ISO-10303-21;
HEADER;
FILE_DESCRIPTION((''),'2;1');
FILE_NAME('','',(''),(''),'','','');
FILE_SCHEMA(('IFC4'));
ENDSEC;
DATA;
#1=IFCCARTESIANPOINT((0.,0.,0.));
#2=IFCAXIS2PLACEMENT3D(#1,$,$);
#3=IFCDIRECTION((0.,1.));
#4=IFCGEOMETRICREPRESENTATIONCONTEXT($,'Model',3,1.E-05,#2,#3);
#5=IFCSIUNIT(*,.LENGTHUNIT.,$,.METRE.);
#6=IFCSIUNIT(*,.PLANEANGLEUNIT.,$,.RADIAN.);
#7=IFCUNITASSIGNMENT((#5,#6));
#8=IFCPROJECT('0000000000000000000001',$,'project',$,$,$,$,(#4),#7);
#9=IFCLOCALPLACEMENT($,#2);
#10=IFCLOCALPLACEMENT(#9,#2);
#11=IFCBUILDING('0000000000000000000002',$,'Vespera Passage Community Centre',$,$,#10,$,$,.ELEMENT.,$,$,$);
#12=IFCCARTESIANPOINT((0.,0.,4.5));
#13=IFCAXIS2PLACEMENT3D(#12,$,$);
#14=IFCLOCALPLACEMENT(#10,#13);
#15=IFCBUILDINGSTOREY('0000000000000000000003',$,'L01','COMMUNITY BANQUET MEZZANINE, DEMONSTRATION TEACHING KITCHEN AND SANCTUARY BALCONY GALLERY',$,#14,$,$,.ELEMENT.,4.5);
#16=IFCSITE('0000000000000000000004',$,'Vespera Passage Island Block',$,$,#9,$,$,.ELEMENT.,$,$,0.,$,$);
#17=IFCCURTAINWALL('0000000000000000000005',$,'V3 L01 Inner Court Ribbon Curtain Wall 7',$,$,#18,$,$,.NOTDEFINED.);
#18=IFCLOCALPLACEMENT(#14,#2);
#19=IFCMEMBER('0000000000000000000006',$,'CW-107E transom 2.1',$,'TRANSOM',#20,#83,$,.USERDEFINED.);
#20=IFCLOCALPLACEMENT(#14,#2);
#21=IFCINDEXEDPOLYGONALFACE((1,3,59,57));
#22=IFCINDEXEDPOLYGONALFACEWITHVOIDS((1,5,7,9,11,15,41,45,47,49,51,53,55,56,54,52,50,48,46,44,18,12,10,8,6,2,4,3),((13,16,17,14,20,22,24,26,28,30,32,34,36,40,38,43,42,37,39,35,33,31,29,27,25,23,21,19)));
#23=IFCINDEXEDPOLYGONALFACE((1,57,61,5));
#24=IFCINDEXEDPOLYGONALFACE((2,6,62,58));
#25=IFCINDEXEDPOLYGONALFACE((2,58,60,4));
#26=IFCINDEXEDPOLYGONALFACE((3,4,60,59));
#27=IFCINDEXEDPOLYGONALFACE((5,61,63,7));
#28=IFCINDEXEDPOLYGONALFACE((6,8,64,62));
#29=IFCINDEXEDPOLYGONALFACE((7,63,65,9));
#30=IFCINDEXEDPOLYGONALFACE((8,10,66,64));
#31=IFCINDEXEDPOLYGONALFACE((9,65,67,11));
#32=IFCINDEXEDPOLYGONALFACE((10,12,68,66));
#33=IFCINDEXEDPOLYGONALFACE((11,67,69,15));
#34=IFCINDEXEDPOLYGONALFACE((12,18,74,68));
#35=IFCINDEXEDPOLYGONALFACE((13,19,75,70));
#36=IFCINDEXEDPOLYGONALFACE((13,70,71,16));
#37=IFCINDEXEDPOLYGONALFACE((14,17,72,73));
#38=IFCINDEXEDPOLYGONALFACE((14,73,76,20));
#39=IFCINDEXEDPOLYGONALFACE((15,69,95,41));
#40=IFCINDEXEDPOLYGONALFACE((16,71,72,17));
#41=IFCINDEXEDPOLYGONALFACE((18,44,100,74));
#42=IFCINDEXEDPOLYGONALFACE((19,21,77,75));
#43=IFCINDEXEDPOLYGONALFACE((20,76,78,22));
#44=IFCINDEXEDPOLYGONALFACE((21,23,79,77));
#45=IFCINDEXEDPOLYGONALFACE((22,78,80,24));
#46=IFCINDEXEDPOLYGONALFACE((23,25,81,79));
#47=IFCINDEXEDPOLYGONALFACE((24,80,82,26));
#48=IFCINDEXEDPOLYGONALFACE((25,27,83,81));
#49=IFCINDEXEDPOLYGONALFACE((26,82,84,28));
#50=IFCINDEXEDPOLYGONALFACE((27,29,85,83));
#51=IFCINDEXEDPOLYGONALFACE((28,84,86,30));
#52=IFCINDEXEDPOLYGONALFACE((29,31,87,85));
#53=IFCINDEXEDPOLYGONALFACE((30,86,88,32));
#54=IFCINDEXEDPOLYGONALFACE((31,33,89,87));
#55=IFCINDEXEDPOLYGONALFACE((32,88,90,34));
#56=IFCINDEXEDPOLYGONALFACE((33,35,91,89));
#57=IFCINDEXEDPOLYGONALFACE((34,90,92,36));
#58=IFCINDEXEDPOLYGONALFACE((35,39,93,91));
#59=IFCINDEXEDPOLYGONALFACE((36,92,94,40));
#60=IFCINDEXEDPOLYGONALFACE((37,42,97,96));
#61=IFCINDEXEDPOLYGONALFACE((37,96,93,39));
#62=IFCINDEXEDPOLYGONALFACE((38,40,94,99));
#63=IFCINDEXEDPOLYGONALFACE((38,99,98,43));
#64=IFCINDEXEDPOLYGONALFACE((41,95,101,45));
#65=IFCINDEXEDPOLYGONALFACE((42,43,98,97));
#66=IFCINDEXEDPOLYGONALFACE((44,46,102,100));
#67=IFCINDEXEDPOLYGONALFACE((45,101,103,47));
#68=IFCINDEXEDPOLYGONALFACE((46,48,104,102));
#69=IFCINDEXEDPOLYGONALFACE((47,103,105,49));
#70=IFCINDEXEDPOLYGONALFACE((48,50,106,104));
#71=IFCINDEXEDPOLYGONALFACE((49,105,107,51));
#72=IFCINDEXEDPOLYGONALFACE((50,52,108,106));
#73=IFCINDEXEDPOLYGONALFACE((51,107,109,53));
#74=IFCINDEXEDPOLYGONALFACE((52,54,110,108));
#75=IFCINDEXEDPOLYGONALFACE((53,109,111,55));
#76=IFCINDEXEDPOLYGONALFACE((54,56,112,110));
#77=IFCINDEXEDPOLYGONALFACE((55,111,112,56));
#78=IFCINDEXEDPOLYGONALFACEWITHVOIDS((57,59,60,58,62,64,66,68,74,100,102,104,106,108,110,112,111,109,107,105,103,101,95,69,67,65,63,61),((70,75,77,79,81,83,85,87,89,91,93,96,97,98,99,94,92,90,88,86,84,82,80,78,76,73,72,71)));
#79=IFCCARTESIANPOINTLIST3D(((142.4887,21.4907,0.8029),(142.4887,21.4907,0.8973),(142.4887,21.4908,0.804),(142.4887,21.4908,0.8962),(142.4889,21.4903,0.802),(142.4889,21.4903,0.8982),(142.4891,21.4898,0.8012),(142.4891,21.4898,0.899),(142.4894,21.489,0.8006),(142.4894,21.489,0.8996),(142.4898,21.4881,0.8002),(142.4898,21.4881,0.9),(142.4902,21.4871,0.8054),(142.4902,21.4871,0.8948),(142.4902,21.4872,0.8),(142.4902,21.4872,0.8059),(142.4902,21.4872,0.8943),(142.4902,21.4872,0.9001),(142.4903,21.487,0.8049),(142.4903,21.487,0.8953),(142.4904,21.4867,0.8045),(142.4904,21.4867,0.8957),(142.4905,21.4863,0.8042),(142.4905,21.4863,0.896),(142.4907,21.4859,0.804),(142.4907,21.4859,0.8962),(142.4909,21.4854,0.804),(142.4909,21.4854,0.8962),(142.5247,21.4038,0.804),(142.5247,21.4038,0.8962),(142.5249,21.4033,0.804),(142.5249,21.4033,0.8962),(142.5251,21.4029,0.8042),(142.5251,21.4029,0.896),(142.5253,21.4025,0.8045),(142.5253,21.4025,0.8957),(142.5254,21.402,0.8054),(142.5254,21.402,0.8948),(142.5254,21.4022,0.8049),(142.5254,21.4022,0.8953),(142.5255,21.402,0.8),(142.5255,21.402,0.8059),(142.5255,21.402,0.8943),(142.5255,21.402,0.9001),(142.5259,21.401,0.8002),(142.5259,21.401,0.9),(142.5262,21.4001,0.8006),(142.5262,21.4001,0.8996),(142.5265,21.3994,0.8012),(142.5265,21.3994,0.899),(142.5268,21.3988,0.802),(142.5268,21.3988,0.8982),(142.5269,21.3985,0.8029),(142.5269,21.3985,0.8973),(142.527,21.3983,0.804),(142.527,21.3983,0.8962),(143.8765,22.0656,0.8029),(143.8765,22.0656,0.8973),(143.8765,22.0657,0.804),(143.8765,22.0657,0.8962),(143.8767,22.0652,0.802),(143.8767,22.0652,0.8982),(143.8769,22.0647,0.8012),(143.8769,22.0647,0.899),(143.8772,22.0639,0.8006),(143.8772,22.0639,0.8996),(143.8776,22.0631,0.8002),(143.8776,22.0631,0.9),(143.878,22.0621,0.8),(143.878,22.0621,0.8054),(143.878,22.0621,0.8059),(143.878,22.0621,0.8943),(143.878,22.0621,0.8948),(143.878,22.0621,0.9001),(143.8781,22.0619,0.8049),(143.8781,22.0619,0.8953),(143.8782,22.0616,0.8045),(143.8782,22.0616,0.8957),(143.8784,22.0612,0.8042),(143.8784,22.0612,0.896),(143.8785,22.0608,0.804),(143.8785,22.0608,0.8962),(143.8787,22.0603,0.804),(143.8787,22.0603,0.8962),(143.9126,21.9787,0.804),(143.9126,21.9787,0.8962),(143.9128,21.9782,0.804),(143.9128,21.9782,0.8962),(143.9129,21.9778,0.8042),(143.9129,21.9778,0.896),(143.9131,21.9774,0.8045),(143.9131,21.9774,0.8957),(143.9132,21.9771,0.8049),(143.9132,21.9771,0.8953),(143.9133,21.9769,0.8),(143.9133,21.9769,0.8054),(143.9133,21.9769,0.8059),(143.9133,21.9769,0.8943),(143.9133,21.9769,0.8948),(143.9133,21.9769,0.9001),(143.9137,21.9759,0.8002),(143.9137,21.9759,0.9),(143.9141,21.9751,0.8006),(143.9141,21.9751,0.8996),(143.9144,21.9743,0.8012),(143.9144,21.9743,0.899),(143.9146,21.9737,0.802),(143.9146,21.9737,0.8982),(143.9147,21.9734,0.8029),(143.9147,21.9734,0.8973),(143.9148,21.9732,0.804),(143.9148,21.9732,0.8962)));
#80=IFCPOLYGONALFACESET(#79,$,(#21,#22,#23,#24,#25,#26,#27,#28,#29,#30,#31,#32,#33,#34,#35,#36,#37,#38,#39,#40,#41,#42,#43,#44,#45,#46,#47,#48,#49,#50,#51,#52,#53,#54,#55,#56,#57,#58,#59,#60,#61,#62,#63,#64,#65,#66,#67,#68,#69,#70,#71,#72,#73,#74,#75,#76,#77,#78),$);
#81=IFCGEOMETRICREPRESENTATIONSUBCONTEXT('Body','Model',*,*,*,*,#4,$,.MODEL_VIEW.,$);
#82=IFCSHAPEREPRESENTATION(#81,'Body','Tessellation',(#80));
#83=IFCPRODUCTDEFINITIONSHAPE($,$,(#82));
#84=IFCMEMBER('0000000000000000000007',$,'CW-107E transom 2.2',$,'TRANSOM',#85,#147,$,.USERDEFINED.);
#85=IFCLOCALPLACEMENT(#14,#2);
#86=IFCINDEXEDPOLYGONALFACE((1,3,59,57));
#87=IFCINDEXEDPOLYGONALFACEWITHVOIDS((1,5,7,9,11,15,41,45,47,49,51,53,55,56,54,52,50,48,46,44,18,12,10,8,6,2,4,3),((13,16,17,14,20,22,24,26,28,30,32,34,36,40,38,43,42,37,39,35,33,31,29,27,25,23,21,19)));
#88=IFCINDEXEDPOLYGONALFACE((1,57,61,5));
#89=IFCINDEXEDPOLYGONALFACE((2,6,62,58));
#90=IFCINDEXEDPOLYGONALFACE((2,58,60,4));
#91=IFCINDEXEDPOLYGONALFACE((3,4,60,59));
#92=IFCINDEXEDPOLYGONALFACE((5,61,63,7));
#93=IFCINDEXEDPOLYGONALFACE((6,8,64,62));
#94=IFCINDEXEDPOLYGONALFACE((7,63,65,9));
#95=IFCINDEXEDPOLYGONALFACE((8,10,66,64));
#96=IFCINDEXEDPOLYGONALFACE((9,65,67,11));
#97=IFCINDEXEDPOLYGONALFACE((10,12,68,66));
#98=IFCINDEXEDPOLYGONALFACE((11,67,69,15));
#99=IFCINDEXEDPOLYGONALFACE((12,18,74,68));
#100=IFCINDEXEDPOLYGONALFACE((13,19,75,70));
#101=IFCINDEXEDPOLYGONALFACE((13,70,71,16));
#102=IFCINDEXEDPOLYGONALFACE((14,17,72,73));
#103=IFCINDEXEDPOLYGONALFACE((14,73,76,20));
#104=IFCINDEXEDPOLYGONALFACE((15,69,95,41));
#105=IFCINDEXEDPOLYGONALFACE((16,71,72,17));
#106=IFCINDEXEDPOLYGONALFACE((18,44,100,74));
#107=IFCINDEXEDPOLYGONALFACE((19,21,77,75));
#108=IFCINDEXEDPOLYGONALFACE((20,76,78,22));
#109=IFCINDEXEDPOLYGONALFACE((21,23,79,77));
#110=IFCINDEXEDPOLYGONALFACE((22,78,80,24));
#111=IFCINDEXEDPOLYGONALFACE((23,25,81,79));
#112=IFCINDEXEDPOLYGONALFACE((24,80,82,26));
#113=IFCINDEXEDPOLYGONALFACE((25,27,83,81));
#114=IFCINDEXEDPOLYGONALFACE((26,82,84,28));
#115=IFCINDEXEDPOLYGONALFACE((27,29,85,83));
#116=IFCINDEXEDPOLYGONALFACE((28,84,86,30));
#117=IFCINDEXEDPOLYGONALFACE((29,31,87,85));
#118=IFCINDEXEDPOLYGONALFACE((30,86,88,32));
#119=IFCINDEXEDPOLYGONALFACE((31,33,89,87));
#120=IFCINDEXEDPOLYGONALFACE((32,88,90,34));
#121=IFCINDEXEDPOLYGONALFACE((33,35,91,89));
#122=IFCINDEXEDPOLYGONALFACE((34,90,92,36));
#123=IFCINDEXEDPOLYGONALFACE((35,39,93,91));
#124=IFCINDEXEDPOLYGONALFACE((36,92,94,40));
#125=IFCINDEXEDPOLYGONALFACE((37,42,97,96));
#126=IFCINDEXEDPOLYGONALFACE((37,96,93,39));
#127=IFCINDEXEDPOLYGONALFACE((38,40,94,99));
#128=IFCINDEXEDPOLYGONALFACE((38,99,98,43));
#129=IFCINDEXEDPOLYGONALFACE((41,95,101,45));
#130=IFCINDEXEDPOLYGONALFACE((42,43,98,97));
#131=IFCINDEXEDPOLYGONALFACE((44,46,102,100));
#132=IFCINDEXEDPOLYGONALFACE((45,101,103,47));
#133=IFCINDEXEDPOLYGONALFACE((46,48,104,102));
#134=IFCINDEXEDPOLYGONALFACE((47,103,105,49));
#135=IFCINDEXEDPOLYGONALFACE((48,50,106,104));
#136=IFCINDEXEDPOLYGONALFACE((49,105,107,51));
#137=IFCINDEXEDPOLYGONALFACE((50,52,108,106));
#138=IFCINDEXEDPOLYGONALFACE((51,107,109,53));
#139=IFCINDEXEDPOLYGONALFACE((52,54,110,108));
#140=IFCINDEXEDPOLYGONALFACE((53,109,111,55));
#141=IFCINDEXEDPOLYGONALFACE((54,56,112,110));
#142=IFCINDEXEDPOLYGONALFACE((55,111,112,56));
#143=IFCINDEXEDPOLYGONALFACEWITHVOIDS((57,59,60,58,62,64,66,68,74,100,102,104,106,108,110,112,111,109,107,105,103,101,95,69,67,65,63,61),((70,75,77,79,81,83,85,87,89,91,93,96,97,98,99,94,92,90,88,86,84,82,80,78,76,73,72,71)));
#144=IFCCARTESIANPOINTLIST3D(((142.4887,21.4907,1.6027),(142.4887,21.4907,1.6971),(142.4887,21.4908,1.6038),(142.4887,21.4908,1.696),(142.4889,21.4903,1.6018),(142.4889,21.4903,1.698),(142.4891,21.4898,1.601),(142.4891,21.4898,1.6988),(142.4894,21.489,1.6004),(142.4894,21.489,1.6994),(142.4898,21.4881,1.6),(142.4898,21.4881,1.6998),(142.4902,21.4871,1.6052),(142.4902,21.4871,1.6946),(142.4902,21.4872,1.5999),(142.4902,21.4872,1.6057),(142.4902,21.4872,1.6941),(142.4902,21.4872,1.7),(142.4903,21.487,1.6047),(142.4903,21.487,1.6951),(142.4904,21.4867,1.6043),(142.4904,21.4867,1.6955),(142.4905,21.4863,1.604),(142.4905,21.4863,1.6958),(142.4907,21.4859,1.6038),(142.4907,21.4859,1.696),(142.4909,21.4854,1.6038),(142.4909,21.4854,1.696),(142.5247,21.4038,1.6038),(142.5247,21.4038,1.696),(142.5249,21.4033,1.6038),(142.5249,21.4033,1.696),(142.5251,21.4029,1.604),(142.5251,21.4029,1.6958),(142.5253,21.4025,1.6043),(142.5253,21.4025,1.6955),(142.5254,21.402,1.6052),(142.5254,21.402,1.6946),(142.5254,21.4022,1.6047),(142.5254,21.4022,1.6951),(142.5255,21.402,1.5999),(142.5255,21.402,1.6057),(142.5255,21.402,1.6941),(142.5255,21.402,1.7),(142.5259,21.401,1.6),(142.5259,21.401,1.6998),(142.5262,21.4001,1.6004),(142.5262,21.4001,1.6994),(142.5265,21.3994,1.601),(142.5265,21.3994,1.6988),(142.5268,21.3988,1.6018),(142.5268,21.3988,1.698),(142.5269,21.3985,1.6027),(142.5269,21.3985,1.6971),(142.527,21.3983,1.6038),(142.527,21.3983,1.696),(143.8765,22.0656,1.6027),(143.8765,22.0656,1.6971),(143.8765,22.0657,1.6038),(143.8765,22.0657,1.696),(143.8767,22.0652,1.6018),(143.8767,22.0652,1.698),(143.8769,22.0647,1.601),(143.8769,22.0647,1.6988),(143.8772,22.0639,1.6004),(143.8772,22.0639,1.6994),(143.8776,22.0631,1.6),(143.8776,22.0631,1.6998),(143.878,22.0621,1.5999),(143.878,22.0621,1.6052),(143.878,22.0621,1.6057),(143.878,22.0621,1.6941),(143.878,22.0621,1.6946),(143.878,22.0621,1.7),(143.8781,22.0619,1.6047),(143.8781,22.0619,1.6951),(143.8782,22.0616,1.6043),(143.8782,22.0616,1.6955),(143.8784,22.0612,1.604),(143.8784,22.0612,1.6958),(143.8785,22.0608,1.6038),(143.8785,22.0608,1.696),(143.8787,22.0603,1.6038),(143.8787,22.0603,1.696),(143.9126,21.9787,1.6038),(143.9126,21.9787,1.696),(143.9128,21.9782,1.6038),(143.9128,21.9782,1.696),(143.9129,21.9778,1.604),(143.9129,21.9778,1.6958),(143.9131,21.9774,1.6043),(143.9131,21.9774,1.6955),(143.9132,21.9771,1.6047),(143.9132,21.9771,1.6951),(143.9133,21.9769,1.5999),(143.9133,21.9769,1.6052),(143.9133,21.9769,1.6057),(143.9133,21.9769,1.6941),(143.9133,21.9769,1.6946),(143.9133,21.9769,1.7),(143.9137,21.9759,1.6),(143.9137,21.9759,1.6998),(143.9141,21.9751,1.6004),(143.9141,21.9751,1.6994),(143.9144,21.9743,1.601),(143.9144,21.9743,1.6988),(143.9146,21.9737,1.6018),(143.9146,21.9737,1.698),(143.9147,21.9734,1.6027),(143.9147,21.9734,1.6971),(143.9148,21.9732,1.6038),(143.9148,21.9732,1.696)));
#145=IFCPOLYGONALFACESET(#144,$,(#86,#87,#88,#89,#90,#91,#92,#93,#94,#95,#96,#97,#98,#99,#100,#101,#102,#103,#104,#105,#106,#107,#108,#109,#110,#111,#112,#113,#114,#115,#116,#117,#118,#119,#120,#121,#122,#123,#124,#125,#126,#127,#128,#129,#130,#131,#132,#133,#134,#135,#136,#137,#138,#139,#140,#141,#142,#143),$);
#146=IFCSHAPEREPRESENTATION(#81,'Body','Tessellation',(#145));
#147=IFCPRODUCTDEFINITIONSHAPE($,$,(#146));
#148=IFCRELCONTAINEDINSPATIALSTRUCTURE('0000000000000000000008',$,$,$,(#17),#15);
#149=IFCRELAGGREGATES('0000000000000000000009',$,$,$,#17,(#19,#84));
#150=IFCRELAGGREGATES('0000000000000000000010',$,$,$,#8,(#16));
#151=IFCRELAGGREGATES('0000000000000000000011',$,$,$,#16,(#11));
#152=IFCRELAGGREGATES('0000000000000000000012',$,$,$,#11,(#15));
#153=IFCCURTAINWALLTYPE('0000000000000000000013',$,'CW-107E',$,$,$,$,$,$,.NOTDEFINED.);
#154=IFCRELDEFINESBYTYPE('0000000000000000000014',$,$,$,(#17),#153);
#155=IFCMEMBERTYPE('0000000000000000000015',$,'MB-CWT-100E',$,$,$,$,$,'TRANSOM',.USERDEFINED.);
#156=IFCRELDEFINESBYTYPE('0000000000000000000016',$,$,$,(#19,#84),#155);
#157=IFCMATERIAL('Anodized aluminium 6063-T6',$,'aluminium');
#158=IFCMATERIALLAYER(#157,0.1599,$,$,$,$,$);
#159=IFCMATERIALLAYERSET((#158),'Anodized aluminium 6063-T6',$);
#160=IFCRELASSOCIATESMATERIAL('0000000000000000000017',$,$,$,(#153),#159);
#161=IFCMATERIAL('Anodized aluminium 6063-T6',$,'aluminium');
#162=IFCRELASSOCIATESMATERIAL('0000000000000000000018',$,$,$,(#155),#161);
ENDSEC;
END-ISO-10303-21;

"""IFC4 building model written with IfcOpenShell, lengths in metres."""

from ifc_helpers import new_model, si_unit, direction, frame, origin, origin_2d, place, context, subcontext, project, spatial, hollow_rectangle, extrude, material, layer, layer_set, material_profile, profile_set, type_object, element, aggregate, save


model = new_model("IFC4")

# Units and contexts
model_context = context("Model", 3, precision=1e-05, world=origin(), true_north=direction((0.0, 1.0)))
body_context = subcontext(model_context, "Body", "Model", "MODEL_VIEW")
ifc_project = project(units=[si_unit("LENGTHUNIT", "METRE"), si_unit("PLANEANGLEUNIT", "RADIAN")], contexts=[model_context])

# Site, building, storey
site_placement = place(None, origin())
site = spatial("IfcSite", under=ifc_project, at=site_placement, Name="Vespera Passage Island Block", CompositionType="ELEMENT", RefElevation=0.0)
building_placement = place(site_placement, origin())
building = spatial("IfcBuilding", under=site, at=building_placement, Name="Vespera Passage Community Centre", CompositionType="ELEMENT")
storey_placement = place(building_placement, frame((0.0, 0.0, 4.5)))
storey = spatial("IfcBuildingStorey", under=building, at=storey_placement, Name="L01", Description="COMMUNITY BANQUET MEZZANINE, DEMONSTRATION TEACHING KITCHEN AND SANCTUARY BALCONY GALLERY", CompositionType="ELEMENT", Elevation=4.5)

# Shared definitions
ifc_material_1 = material(Name="Anodized aluminium 6063-T6", Category="aluminium")
ifc_layer_1 = layer(ifc_material_1, 0.1599)
ifc_layer_set_1 = layer_set([ifc_layer_1], Name="Anodized aluminium 6063-T6")
curtain_wall_type = type_object("IfcCurtainWallType", Name="CW-107E", PredefinedType="NOTDEFINED", material=ifc_layer_set_1)

# Curtain wall
curtain_wall_1_placement = place(storey_placement, origin())
curtain_wall_1 = element("IfcCurtainWall", 1, at=curtain_wall_1_placement, inside=storey, type_object=curtain_wall_type, Name="V3 L01 Inner Court Ribbon Curtain Wall 7", PredefinedType="NOTDEFINED")

# Members
ifc_material_2 = material(Name="Anodized aluminium 6063-T6", Category="aluminium")
ifc_material_profile_1 = material_profile(ifc_material_2, hollow_rectangle(XDim=0.1001, YDim=0.1001, WallThickness=0.0039, InnerFilletRadius=0.002, OuterFilletRadius=0.0039, at=origin_2d()), Name="ALU100X100X4")
ifc_profile_set_1 = profile_set([ifc_material_profile_1], Name="Anodized aluminium 6063-T6")
member_type_1 = type_object("IfcMemberType", Name="MB-CWT-100E", ElementType="TRANSOM", PredefinedType="USERDEFINED", material=ifc_profile_set_1)
member_1_placement = place(storey_placement, frame((142.5078, 21.4446, 0.8501), z_axis=(0.923868, 0.382711, 0.0), x_axis=(-0.382711, 0.923868, 0.0)))
member_1 = element("IfcMember", 2, at=member_1_placement, type_object=member_type_1, Name="CW-107E transom 2.1", ObjectType="TRANSOM", PredefinedType="USERDEFINED", context=body_context, shape_type="SweptSolid", body=[
    extrude(hollow_rectangle(XDim=0.1001, YDim=0.1001, WallThickness=0.0039, InnerFilletRadius=0.002, OuterFilletRadius=0.0039, at=origin_2d()), origin(), (0.0, 0.0, 1.0), 1.5022),
])
member_2_placement = place(storey_placement, frame((142.5078, 21.4446, 1.6499), z_axis=(0.923868, 0.382711, 0.0), x_axis=(-0.382711, 0.923868, 0.0)))
member_2 = element("IfcMember", 3, at=member_2_placement, type_object=member_type_1, Name="CW-107E transom 2.2", ObjectType="TRANSOM", PredefinedType="USERDEFINED", context=body_context, shape_type="SweptSolid", body=[
    extrude(hollow_rectangle(XDim=0.1001, YDim=0.1001, WallThickness=0.0039, InnerFilletRadius=0.002, OuterFilletRadius=0.0039, at=origin_2d()), origin(), (0.0, 0.0, 1.0), 1.5022),
])

aggregate(curtain_wall_1, [member_1, member_2])

save(model, "model.ifc")
